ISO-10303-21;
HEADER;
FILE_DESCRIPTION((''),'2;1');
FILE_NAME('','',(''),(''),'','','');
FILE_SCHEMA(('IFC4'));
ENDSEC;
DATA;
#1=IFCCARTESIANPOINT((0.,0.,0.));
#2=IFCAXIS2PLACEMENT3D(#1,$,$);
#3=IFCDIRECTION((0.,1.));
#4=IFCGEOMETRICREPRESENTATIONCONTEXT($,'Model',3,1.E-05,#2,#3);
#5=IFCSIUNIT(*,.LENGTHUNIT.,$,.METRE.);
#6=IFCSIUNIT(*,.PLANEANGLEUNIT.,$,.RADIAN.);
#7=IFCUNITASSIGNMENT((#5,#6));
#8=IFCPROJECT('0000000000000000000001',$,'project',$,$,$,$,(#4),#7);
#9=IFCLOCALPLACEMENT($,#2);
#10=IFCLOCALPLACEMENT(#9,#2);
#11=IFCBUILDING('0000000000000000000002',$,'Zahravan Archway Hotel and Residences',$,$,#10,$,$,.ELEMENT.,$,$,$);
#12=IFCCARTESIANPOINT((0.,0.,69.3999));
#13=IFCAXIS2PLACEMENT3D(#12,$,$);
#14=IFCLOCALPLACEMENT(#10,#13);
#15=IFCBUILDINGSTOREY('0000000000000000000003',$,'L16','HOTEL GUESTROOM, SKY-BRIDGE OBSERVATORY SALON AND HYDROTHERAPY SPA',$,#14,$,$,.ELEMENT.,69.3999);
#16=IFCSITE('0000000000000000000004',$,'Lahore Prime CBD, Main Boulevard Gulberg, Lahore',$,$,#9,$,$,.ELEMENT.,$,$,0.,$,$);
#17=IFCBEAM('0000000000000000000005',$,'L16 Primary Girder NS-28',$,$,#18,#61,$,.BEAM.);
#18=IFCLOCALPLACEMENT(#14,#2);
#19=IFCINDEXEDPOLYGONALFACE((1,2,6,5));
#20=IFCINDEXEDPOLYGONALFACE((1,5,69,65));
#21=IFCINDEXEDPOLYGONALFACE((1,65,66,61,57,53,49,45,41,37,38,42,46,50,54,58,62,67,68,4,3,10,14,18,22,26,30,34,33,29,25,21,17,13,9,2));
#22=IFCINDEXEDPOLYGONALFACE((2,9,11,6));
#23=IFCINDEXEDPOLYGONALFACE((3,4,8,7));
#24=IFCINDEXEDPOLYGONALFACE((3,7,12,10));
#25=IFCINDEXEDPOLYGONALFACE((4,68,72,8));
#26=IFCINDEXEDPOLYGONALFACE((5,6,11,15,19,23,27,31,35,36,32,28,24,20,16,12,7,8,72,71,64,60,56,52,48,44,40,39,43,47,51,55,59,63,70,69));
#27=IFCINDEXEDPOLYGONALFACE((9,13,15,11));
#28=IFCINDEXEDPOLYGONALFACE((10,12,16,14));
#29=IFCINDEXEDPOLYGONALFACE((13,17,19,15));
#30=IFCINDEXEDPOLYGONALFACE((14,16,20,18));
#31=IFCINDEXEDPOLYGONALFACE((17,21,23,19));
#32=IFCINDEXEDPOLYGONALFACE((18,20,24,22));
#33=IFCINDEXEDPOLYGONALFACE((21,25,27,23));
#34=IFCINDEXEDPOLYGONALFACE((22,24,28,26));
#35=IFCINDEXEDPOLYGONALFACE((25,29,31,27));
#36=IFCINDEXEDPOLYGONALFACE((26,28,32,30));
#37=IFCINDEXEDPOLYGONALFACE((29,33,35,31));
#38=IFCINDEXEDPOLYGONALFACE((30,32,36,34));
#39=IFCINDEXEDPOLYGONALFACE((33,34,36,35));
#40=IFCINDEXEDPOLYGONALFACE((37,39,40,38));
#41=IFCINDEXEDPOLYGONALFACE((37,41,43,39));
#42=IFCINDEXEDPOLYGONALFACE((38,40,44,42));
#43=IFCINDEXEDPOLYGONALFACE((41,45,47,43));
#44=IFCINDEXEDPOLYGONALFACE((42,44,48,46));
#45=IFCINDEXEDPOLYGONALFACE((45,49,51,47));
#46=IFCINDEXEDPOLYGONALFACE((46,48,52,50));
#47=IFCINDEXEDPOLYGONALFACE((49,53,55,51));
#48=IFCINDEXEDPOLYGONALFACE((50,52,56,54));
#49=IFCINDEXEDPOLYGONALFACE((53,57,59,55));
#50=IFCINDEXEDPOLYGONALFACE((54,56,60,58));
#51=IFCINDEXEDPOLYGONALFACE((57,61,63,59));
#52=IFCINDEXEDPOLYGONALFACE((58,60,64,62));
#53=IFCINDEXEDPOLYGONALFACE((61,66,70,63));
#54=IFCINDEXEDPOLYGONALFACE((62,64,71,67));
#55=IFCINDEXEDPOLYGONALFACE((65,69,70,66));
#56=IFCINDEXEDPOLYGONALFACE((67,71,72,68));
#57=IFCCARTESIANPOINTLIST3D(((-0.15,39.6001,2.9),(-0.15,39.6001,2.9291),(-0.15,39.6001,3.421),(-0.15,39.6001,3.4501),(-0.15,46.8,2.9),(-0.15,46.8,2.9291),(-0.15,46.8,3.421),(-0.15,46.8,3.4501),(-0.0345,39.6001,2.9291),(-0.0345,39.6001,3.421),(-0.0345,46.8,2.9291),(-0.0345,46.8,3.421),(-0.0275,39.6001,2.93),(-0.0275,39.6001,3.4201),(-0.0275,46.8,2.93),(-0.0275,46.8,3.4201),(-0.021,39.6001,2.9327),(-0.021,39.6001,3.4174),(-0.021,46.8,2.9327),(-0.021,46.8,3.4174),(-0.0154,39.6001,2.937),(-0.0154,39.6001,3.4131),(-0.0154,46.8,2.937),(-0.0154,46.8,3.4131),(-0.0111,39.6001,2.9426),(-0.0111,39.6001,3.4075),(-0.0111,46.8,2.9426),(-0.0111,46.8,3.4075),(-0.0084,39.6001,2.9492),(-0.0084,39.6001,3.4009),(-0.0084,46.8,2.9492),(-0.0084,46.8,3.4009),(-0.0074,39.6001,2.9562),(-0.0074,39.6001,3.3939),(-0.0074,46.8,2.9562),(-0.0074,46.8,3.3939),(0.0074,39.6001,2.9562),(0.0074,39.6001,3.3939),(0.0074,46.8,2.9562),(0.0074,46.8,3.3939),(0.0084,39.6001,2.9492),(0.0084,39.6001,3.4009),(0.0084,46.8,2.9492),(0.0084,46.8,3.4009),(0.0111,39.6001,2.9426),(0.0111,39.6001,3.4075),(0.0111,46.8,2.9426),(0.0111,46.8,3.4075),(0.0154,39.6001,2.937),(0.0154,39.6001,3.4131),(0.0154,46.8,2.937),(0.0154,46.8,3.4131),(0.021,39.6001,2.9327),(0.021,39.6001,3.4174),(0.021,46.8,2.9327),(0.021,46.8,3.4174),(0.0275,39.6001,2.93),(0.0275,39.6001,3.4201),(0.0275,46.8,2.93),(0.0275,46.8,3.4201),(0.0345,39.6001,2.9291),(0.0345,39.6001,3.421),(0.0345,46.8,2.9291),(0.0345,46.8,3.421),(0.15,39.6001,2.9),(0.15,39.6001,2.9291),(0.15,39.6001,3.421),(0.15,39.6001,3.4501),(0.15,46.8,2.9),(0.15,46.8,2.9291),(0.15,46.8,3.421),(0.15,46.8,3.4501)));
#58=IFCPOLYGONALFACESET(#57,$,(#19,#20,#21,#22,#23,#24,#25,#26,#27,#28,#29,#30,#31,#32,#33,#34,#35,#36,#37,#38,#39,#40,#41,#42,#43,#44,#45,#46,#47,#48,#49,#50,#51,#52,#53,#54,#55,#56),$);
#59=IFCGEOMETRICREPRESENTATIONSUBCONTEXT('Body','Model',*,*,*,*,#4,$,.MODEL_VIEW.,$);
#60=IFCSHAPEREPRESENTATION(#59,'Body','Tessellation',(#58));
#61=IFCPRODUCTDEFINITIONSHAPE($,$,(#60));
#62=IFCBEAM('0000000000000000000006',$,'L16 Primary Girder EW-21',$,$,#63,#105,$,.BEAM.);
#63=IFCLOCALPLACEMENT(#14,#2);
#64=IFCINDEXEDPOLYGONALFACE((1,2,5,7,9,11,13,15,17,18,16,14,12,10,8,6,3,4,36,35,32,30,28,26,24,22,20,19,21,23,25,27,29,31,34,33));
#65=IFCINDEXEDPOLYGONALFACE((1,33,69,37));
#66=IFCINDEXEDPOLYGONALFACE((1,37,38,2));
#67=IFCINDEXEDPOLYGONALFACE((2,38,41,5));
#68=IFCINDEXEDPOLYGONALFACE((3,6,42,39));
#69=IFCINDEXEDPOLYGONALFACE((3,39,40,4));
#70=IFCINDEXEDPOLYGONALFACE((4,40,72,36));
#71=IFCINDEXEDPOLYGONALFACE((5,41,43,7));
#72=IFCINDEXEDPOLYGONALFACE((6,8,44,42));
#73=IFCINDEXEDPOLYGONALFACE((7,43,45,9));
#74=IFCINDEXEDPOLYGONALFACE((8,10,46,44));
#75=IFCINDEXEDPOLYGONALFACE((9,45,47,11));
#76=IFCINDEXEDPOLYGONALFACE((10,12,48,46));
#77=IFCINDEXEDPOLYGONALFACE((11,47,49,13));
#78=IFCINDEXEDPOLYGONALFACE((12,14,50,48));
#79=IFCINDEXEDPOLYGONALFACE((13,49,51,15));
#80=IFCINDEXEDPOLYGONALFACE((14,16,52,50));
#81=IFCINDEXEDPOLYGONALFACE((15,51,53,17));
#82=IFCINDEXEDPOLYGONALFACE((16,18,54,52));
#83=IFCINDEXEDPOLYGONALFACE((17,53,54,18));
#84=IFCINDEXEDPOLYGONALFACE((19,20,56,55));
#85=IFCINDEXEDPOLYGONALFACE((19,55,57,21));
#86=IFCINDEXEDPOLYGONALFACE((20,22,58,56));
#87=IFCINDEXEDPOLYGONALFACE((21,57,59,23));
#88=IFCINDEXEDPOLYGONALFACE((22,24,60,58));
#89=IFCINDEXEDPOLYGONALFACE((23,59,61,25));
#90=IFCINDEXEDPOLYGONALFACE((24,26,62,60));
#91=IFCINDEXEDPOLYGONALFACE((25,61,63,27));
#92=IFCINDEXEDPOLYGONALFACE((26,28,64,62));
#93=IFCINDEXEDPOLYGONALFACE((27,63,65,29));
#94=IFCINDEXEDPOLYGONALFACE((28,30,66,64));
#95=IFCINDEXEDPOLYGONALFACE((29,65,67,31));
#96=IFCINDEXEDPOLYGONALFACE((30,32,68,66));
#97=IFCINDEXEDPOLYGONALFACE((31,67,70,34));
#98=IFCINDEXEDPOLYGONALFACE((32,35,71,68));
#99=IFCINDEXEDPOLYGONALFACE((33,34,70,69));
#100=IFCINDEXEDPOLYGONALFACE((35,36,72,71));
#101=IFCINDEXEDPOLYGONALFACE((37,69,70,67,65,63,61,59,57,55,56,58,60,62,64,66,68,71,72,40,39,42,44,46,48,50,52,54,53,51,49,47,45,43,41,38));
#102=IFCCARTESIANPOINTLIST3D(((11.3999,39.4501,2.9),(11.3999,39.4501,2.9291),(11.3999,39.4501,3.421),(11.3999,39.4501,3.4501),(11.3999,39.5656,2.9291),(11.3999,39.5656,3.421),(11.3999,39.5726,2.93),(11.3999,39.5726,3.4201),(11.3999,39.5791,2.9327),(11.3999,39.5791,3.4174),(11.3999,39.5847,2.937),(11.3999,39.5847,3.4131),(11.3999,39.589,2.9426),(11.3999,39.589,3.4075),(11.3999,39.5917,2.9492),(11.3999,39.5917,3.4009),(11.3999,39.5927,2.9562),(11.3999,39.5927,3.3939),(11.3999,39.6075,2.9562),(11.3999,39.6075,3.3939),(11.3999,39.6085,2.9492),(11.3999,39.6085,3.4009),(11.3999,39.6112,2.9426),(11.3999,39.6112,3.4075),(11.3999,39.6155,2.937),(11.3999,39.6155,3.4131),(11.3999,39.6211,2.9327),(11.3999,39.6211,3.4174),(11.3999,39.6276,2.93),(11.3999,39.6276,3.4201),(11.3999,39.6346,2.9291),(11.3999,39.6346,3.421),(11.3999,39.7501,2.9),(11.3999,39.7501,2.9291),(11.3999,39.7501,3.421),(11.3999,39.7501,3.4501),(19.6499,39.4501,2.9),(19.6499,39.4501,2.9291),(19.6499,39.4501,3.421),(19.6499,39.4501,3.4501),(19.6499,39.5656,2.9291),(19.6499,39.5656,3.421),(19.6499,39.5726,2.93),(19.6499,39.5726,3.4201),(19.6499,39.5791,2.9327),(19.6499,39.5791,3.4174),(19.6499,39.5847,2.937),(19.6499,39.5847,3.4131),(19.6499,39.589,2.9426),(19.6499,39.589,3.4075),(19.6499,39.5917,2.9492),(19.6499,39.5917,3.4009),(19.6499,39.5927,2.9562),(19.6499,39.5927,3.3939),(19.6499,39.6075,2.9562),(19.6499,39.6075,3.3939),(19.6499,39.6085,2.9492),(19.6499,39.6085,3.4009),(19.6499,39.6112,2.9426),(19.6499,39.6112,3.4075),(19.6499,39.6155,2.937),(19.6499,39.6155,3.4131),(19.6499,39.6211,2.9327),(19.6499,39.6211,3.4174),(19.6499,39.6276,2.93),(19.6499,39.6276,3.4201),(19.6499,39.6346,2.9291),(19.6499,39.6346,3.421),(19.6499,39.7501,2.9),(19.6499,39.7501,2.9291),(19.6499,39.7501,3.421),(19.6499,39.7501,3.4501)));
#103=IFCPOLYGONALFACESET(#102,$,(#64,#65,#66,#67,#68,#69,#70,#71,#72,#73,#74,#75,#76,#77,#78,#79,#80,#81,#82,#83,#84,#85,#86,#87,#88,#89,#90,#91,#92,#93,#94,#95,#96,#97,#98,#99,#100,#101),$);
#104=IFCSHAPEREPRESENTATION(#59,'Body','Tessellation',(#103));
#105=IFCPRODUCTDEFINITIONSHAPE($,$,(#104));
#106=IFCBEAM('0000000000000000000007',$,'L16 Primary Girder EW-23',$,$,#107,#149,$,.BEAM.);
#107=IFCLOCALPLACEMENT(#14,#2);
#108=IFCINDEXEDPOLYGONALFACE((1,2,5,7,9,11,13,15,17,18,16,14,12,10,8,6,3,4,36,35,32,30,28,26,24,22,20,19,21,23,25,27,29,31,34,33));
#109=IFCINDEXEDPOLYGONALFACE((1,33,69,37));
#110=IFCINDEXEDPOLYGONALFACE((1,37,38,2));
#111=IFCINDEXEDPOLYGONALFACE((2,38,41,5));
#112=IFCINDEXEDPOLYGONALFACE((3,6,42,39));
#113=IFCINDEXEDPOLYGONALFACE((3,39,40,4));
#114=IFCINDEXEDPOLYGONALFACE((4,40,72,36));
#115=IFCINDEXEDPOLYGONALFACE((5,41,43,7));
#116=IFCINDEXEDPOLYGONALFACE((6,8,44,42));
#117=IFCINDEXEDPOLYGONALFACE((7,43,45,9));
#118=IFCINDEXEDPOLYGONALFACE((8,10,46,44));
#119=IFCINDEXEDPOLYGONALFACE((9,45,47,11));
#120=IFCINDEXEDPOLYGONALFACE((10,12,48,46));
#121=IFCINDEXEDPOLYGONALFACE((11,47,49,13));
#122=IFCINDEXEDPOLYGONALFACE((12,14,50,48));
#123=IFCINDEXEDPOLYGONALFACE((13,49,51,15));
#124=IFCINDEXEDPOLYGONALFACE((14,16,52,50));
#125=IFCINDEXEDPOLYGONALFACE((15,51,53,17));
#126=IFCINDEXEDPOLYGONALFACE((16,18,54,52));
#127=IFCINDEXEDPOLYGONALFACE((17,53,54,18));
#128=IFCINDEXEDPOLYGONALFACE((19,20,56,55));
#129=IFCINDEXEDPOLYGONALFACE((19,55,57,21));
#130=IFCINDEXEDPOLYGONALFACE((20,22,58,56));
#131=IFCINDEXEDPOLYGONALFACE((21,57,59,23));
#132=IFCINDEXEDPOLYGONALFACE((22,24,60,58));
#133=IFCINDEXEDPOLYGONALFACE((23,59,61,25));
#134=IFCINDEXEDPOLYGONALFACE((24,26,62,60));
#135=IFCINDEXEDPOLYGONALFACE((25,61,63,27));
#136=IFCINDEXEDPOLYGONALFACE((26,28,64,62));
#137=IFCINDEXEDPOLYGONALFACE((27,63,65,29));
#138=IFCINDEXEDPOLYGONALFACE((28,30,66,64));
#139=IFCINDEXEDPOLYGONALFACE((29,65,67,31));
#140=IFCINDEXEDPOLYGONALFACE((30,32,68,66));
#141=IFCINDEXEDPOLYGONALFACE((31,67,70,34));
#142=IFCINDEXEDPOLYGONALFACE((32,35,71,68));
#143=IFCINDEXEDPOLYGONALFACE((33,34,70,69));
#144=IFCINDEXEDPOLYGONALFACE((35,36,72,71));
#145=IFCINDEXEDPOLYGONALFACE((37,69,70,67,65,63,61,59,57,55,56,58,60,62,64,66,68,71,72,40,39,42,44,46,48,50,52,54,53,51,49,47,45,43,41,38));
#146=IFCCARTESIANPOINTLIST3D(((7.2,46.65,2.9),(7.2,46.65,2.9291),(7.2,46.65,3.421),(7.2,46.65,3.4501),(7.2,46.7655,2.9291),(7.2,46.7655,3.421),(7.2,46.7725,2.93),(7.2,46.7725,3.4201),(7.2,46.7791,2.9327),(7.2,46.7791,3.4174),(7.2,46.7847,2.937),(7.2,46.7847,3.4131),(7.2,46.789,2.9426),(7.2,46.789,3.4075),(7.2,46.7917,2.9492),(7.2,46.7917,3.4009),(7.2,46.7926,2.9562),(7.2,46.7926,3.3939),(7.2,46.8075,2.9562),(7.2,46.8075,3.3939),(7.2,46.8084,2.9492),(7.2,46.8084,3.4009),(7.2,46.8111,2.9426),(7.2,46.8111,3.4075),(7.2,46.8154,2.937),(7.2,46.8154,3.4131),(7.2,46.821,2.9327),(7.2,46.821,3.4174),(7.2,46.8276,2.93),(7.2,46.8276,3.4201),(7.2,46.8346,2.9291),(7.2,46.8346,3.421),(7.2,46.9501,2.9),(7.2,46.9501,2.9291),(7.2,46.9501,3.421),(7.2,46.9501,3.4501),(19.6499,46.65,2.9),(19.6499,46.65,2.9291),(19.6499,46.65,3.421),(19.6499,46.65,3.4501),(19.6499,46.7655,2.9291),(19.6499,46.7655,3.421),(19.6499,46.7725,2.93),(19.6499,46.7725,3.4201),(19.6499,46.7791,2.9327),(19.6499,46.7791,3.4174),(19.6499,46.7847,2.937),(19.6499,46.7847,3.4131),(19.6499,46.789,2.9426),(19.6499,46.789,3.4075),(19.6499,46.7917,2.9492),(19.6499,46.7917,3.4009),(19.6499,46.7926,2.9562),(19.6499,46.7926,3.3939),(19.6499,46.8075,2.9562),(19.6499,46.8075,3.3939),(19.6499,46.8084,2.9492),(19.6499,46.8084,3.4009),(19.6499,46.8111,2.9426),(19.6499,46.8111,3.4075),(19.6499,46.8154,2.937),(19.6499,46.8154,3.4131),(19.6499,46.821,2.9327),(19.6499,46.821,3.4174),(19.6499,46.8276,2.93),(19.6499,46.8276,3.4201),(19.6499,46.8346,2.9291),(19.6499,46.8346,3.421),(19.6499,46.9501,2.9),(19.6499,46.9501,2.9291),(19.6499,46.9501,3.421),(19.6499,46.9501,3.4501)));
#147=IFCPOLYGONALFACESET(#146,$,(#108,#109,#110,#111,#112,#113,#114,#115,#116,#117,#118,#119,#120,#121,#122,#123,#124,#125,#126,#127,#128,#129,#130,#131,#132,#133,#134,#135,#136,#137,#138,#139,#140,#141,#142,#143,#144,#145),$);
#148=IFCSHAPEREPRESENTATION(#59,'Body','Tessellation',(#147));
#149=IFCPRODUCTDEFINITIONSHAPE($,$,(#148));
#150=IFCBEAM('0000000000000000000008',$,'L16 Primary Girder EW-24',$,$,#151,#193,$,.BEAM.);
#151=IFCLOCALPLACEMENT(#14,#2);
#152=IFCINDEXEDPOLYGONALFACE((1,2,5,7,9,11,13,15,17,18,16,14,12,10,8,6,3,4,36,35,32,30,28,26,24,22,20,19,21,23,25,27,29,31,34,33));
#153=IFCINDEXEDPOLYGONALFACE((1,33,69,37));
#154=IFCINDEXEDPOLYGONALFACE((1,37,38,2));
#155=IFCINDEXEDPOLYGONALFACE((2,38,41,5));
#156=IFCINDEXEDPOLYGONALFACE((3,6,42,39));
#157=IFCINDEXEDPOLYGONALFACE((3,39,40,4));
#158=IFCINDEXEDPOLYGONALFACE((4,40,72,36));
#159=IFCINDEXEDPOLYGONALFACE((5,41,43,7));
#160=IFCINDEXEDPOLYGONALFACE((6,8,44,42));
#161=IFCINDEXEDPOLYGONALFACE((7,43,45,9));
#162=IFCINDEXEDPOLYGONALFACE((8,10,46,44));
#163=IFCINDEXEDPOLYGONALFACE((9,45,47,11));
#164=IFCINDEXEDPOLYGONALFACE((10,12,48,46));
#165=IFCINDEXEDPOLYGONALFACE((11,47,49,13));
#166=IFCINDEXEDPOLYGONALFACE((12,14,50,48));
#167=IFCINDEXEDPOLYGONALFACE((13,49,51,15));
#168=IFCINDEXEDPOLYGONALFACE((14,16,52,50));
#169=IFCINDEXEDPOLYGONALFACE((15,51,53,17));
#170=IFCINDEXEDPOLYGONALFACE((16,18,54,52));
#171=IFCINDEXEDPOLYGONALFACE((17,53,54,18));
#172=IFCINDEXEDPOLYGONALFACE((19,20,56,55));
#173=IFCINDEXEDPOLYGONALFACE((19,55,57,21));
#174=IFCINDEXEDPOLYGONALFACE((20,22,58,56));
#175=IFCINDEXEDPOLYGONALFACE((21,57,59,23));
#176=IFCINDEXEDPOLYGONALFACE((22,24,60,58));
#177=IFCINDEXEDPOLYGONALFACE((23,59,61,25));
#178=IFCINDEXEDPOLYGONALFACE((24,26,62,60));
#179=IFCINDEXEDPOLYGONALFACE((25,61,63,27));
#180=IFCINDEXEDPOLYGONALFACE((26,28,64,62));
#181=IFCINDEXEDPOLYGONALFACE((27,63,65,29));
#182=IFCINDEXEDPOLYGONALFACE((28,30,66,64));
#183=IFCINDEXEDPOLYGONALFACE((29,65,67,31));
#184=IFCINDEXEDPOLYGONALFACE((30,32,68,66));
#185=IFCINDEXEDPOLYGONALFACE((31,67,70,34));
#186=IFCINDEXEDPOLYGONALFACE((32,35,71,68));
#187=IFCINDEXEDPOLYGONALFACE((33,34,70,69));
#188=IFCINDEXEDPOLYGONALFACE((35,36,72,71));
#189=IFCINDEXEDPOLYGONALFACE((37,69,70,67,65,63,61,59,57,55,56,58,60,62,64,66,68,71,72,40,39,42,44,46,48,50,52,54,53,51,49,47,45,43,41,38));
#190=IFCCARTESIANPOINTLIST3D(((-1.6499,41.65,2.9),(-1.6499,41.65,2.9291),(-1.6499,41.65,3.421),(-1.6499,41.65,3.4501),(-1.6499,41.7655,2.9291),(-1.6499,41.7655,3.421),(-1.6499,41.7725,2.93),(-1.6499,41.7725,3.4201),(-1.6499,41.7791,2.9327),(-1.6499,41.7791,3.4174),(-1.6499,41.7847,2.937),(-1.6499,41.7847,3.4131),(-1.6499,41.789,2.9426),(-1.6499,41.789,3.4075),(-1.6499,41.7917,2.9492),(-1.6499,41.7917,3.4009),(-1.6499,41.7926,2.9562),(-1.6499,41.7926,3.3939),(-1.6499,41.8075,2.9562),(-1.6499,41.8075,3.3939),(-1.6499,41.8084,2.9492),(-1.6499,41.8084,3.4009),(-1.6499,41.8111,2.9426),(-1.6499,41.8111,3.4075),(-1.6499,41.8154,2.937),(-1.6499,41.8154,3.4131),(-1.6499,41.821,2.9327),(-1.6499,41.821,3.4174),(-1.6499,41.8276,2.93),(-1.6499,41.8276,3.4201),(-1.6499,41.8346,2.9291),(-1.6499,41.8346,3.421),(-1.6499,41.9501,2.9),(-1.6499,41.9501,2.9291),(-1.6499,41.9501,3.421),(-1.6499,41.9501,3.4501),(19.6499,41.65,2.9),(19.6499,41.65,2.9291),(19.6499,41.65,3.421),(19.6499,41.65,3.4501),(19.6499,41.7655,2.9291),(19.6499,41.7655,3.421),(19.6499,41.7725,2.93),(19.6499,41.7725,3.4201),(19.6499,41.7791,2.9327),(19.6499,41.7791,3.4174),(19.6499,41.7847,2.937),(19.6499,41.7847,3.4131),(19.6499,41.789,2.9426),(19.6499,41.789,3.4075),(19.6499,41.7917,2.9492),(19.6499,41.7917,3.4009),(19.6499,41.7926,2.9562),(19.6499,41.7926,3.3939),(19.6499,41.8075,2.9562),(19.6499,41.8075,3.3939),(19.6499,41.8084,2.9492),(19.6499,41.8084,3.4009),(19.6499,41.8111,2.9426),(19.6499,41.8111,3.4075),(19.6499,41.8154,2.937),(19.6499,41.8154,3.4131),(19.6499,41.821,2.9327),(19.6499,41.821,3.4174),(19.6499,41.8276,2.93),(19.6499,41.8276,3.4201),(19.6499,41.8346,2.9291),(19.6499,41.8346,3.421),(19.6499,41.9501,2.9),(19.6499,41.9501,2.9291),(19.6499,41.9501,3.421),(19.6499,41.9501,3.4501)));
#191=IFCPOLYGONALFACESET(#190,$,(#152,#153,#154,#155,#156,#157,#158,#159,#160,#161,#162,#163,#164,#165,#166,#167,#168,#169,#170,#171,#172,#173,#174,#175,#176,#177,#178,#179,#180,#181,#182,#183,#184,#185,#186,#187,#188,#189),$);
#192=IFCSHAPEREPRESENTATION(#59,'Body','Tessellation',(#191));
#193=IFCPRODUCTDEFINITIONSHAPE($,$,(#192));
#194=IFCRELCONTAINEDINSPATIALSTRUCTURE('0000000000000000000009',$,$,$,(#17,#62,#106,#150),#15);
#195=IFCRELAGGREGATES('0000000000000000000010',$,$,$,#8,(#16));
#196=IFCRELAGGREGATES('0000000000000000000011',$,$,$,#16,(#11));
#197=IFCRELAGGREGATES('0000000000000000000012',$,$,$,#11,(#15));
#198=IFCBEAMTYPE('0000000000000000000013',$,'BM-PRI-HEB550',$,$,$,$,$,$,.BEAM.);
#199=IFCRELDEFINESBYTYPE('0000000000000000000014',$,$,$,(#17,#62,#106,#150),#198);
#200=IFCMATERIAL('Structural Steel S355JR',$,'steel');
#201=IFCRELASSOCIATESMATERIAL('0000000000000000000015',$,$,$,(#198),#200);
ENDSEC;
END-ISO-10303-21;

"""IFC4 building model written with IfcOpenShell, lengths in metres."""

from ifc_helpers import new_model, si_unit, direction, frame, origin, origin_2d, place, context, subcontext, project, spatial, i_section, extrude, source, transform, mapped, material, material_profile, profile_set, type_object, element, save


model = new_model("IFC4")

# Units and contexts
model_context = context("Model", 3, precision=1e-05, world=origin(), true_north=direction((0.0, 1.0)))
body_context = subcontext(model_context, "Body", "Model", "MODEL_VIEW")
ifc_project = project(units=[si_unit("LENGTHUNIT", "METRE"), si_unit("PLANEANGLEUNIT", "RADIAN")], contexts=[model_context])

# Site, building, storey
site_placement = place(None, origin())
site = spatial("IfcSite", under=ifc_project, at=site_placement, Name="Lahore Prime CBD, Main Boulevard Gulberg, Lahore", CompositionType="ELEMENT", RefElevation=0.0)
building_placement = place(site_placement, origin())
building = spatial("IfcBuilding", under=site, at=building_placement, Name="Zahravan Archway Hotel and Residences", CompositionType="ELEMENT")
storey_placement = place(building_placement, frame((0.0, 0.0, 69.3999)))
storey = spatial("IfcBuildingStorey", under=building, at=storey_placement, Name="L16", Description="HOTEL GUESTROOM, SKY-BRIDGE OBSERVATORY SALON AND HYDROTHERAPY SPA", CompositionType="ELEMENT", Elevation=69.3999)

# Beams
ifc_material_1 = material(Name="Structural Steel S355JR", Category="steel")
ifc_material_profile_1 = material_profile(ifc_material_1, i_section(OverallWidth=0.3, OverallDepth=0.55, WebThickness=0.0149, FlangeThickness=0.0291, FilletRadius=0.0271, at=origin_2d()), Name="HEB 550", Category="steel")
ifc_profile_set_1 = profile_set([ifc_material_profile_1], Name="Structural Steel S355JR")
beam_type_1 = type_object("IfcBeamType", Name="BM-PRI-HEB550", PredefinedType="BEAM", material=ifc_profile_set_1)
shared_shape_1 = source(origin(), body_context, "Body", "SweptSolid", [
    extrude(i_section(OverallWidth=0.3, OverallDepth=0.55, WebThickness=0.0149, FlangeThickness=0.0291, FilletRadius=0.0271, at=origin_2d()), origin(), (0.0, 0.0, 1.0), 7.2),
])
for number, where, z_axis, x_axis, name in (
    (1, (0.0, 39.6001, 3.175), (0.0, 1.0, 0.0), (-1.0, 0.0, 0.0), "L16 Primary Girder NS-28"),
):
    element("IfcBeam", number, at=place(storey_placement, frame(where, z_axis=z_axis, x_axis=x_axis)), inside=storey, type_object=beam_type_1, Name=name, PredefinedType="BEAM", context=body_context, shape_type="MappedRepresentation", body=[
        mapped(shared_shape_1, transform((0.0, 0.0, 0.0), scale=1.0)),
    ])
shared_shape_2 = source(origin(), body_context, "Body", "SweptSolid", [
    extrude(i_section(OverallWidth=0.3, OverallDepth=0.55, WebThickness=0.0149, FlangeThickness=0.0291, FilletRadius=0.0271, at=origin_2d()), origin(), (0.0, 0.0, 1.0), 8.25),
])
beam_1_placement = place(storey_placement, frame((11.3999, 39.6001, 3.175), z_axis=(1.0, 0.0, 0.0), x_axis=(0.0, 1.0, 0.0)))
element("IfcBeam", 2, at=beam_1_placement, inside=storey, type_object=beam_type_1, Name="L16 Primary Girder EW-21", PredefinedType="BEAM", context=body_context, shape_type="MappedRepresentation", body=[
    mapped(shared_shape_2, transform((0.0, 0.0, 0.0), scale=1.0)),
])
shared_shape_3 = source(origin(), body_context, "Body", "SweptSolid", [
    extrude(i_section(OverallWidth=0.3, OverallDepth=0.55, WebThickness=0.0149, FlangeThickness=0.0291, FilletRadius=0.0271, at=origin_2d()), origin(), (0.0, 0.0, 1.0), 12.45),
])
beam_2_placement = place(storey_placement, frame((7.2, 46.8, 3.175), z_axis=(1.0, 0.0, 0.0), x_axis=(0.0, 1.0, 0.0)))
element("IfcBeam", 3, at=beam_2_placement, inside=storey, type_object=beam_type_1, Name="L16 Primary Girder EW-23", PredefinedType="BEAM", context=body_context, shape_type="MappedRepresentation", body=[
    mapped(shared_shape_3, transform((0.0, 0.0, 0.0), scale=1.0)),
])
shared_shape_4 = source(origin(), body_context, "Body", "SweptSolid", [
    extrude(i_section(OverallWidth=0.3, OverallDepth=0.55, WebThickness=0.0149, FlangeThickness=0.0291, FilletRadius=0.0271, at=origin_2d()), origin(), (0.0, 0.0, 1.0), 21.2998),
])
for number, where, z_axis, x_axis, name in (
    (4, (-1.6499, 41.8, 3.175), (1.0, 0.0, 0.0), (0.0, 1.0, 0.0), "L16 Primary Girder EW-24"),
):
    element("IfcBeam", number, at=place(storey_placement, frame(where, z_axis=z_axis, x_axis=x_axis)), inside=storey, type_object=beam_type_1, Name=name, PredefinedType="BEAM", context=body_context, shape_type="MappedRepresentation", body=[
        mapped(shared_shape_4, transform((0.0, 0.0, 0.0), scale=1.0)),
    ])

save(model, "model.ifc")
